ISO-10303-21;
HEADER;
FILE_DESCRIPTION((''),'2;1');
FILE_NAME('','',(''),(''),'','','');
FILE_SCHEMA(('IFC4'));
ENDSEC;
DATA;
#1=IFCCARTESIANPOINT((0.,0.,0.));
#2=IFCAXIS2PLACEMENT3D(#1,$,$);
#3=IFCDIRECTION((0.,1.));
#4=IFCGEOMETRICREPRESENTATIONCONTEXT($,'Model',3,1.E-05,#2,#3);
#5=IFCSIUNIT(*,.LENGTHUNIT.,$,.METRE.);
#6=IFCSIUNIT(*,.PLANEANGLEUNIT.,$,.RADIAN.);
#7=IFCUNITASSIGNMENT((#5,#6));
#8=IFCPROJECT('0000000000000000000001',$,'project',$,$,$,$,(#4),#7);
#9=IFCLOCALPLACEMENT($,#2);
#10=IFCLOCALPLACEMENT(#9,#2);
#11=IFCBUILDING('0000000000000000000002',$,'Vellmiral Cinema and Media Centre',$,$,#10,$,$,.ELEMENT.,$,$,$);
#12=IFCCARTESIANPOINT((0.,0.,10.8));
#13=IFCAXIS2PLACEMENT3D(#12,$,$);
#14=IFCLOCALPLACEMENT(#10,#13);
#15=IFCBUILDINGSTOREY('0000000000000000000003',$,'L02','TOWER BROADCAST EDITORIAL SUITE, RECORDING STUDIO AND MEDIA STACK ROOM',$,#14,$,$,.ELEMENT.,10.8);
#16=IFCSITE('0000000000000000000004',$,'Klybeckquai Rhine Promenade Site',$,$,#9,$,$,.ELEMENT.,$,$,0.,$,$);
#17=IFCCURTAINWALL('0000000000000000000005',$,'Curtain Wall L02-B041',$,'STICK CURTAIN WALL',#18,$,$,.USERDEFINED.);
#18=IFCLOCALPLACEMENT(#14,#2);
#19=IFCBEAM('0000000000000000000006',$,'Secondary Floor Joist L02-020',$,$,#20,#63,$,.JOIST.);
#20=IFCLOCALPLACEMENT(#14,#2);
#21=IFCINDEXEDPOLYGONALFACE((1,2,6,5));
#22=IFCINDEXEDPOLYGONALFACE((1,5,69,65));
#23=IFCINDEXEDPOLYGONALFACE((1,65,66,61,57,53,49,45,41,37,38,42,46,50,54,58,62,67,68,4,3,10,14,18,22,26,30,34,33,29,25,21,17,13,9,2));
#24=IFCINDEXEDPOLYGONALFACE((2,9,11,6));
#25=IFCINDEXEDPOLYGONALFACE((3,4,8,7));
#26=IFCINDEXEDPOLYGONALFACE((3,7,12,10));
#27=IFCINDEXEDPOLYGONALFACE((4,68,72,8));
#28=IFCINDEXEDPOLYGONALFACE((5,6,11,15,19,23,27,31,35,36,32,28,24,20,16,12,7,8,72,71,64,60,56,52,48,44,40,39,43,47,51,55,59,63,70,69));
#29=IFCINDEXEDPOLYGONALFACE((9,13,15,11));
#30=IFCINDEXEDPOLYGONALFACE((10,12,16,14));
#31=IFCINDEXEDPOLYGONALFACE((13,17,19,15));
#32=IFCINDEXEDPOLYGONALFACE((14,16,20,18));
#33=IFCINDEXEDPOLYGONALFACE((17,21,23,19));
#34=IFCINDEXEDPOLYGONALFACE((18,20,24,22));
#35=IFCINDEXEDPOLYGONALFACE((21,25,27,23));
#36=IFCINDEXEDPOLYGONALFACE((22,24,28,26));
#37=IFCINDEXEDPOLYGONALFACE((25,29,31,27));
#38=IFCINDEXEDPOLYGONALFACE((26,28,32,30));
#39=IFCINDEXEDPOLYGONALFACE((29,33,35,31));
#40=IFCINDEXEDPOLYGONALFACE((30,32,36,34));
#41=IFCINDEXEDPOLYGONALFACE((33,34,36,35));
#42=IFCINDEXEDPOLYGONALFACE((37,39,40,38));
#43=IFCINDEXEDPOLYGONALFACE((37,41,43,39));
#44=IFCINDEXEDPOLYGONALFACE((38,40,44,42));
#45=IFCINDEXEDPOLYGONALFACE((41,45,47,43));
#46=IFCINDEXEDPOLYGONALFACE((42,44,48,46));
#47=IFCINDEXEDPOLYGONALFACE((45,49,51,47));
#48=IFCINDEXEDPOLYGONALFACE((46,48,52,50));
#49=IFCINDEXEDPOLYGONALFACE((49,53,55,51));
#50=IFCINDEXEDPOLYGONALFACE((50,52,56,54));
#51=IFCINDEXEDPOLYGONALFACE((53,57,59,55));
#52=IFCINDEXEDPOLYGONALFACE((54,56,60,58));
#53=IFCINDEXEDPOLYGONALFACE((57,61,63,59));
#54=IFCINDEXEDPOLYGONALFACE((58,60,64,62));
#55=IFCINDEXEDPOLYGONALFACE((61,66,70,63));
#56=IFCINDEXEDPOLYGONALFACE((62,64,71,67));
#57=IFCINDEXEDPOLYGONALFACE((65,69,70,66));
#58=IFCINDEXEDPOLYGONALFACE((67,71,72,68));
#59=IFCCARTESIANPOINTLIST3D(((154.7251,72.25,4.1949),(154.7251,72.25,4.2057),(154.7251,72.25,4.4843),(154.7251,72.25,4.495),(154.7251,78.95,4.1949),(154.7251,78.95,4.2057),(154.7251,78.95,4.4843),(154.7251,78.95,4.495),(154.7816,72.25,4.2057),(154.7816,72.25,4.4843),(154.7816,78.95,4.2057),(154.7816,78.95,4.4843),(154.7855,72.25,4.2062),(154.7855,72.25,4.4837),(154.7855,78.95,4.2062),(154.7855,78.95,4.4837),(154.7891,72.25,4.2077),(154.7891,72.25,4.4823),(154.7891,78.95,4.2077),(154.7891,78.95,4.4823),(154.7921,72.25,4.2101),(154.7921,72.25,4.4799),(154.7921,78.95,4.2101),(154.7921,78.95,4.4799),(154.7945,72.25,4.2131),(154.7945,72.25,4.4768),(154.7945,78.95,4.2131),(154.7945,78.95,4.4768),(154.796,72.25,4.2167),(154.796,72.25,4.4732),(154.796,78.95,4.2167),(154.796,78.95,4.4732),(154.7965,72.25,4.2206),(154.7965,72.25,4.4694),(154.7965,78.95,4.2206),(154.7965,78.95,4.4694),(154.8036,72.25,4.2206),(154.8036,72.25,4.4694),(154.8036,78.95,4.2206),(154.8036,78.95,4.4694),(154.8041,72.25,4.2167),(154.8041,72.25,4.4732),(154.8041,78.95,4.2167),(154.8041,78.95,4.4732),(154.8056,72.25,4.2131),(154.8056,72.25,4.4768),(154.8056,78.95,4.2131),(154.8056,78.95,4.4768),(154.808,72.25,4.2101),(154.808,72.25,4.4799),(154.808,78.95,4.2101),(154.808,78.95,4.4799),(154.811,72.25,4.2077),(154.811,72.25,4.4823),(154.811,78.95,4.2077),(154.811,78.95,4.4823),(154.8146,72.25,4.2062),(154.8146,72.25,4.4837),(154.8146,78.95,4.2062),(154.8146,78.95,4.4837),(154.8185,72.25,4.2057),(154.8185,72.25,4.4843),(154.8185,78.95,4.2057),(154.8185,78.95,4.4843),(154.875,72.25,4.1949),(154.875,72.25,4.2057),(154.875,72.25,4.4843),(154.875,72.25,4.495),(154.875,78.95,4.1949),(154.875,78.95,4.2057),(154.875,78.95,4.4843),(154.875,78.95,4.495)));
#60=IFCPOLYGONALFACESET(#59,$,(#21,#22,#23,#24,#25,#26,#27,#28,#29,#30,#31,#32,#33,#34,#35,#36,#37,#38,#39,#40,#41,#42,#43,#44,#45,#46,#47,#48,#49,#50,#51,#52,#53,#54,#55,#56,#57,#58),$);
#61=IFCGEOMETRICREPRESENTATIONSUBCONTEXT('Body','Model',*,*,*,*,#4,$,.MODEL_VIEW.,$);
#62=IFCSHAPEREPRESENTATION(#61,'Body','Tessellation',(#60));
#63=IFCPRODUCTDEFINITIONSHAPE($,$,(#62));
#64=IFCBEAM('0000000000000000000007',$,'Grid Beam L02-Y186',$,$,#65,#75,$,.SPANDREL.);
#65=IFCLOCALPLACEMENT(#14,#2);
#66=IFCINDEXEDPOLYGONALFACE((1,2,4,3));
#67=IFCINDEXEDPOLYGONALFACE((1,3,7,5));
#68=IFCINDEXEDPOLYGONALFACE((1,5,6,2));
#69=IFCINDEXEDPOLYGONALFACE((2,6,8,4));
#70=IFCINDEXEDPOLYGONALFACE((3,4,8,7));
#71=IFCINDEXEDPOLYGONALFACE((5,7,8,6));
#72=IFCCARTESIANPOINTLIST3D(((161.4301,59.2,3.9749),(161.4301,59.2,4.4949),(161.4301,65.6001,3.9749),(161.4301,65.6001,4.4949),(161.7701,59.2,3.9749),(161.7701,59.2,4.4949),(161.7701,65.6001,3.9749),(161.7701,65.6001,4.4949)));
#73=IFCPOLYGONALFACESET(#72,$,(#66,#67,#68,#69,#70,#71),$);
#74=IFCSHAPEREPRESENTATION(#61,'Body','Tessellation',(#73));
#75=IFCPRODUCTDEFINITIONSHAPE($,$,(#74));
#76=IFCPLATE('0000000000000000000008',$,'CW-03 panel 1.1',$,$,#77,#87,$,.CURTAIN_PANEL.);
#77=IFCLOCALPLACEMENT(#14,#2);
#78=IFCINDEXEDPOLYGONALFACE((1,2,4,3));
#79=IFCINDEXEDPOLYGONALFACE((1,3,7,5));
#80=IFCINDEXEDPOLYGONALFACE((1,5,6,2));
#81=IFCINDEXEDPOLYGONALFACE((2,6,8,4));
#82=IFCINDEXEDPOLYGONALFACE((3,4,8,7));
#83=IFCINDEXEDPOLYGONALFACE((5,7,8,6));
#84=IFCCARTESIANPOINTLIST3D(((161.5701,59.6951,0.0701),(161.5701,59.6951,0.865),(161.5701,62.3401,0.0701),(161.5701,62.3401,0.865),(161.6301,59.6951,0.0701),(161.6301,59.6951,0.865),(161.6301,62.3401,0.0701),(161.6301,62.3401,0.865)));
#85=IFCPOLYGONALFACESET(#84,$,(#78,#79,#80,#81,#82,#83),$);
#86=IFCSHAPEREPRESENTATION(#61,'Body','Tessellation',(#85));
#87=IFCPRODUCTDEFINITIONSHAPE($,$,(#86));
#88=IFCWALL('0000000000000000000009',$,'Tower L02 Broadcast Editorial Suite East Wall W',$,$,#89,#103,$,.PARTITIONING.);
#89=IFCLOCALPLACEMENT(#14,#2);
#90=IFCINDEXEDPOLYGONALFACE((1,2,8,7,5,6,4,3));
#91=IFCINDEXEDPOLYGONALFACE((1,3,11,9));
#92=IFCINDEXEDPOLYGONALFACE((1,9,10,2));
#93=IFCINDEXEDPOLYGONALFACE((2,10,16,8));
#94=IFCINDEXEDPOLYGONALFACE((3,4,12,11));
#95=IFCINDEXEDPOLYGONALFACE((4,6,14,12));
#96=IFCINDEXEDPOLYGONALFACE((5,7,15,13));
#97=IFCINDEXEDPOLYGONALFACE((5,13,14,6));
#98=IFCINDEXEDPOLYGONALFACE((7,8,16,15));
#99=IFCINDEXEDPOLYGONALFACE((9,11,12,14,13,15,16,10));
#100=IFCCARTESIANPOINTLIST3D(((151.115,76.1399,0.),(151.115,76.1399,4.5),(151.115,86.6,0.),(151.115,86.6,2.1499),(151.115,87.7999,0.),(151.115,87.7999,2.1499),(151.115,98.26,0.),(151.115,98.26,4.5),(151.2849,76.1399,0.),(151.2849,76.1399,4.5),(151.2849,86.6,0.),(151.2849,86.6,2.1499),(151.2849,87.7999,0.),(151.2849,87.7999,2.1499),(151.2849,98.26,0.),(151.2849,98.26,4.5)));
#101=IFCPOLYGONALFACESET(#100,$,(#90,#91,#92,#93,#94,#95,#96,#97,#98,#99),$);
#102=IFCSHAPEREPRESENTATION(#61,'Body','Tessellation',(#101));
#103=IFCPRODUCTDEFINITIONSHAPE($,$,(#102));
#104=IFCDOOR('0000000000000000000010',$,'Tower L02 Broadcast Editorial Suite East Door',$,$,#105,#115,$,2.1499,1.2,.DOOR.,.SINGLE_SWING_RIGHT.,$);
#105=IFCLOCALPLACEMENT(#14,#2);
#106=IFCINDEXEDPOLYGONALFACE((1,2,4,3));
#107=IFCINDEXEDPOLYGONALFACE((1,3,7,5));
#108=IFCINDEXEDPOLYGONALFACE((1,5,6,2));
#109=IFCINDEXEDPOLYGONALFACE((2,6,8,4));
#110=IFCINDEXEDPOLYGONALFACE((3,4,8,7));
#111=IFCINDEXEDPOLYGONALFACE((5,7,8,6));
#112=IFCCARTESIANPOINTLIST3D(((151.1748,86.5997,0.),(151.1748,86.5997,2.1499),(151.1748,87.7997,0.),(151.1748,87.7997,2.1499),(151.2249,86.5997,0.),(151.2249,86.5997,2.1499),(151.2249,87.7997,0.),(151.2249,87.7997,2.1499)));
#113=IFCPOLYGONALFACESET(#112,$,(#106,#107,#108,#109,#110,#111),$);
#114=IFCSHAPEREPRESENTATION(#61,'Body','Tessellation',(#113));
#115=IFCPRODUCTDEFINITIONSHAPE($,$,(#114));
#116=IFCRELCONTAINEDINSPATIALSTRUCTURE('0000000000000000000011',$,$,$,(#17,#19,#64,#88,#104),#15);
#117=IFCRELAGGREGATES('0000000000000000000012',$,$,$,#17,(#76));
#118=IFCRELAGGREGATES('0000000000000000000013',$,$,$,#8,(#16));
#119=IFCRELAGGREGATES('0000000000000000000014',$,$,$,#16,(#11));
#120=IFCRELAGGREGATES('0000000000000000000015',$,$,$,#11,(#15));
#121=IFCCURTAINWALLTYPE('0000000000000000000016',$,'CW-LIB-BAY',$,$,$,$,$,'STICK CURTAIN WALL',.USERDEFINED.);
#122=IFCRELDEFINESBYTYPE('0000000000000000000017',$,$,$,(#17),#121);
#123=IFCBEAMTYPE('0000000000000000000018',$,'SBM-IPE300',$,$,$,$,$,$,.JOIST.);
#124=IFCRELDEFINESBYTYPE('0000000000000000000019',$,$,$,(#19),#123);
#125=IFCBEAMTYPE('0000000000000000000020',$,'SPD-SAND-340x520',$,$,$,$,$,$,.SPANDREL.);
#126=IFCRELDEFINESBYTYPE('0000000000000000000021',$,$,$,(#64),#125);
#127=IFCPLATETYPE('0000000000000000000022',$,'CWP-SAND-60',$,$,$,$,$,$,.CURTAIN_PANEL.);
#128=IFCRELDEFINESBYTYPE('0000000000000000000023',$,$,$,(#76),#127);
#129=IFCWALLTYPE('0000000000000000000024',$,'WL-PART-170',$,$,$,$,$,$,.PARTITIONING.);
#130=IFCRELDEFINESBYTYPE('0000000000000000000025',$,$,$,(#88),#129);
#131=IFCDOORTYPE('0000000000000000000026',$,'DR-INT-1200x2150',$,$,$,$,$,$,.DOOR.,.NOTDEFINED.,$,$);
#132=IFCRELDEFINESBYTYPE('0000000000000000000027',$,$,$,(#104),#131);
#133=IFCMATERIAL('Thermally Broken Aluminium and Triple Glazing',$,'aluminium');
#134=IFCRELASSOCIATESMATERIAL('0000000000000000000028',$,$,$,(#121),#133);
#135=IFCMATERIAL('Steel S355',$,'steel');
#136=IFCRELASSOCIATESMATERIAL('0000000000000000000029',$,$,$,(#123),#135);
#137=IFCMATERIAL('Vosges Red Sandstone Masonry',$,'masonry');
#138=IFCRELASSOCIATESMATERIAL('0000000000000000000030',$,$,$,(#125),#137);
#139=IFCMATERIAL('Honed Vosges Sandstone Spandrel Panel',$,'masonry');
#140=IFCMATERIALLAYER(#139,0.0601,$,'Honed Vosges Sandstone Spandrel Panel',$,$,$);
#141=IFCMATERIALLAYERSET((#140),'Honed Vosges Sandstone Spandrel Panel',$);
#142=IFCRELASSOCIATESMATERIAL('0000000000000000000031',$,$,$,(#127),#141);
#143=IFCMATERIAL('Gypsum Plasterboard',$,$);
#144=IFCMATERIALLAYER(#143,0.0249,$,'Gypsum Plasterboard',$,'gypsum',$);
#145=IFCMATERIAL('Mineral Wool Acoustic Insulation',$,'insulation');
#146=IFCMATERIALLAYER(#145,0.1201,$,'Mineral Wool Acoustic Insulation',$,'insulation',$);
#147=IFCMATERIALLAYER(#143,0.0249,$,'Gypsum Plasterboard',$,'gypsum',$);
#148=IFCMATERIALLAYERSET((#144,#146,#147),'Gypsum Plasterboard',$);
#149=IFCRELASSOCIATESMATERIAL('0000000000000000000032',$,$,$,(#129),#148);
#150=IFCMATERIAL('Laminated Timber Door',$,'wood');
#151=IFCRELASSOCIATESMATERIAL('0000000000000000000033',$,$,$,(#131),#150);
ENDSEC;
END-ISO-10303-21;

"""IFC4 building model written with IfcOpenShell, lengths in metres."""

from ifc_helpers import new_model, si_unit, direction, frame, frame_2d, origin, origin_2d, place, context, subcontext, project, spatial, rectangle, i_section, extrude, material, layer, layer_set, material_profile, profile_set, type_object, element, fill, aggregate, save


model = new_model("IFC4")

# Units and contexts
model_context = context("Model", 3, precision=1e-05, world=origin(), true_north=direction((0.0, 1.0)))
body_context = subcontext(model_context, "Body", "Model", "MODEL_VIEW")
ifc_project = project(units=[si_unit("LENGTHUNIT", "METRE"), si_unit("PLANEANGLEUNIT", "RADIAN")], contexts=[model_context])

# Site, building, storey
site_placement = place(None, origin())
site = spatial("IfcSite", under=ifc_project, at=site_placement, Name="Klybeckquai Rhine Promenade Site", CompositionType="ELEMENT", RefElevation=0.0)
building_placement = place(site_placement, origin())
building = spatial("IfcBuilding", under=site, at=building_placement, Name="Vellmiral Cinema and Media Centre", CompositionType="ELEMENT")
storey_placement = place(building_placement, frame((0.0, 0.0, 10.8)))
storey = spatial("IfcBuildingStorey", under=building, at=storey_placement, Name="L02", Description="TOWER BROADCAST EDITORIAL SUITE, RECORDING STUDIO AND MEDIA STACK ROOM", CompositionType="ELEMENT", Elevation=10.8)

# Curtain wall
ifc_material_1 = material(Name="Thermally Broken Aluminium and Triple Glazing", Category="aluminium")
curtain_wall_type = type_object("IfcCurtainWallType", Name="CW-LIB-BAY", ElementType="STICK CURTAIN WALL", PredefinedType="USERDEFINED", material=ifc_material_1)
curtain_wall_placement = place(storey_placement, origin())
curtain_wall = element("IfcCurtainWall", 1, at=curtain_wall_placement, inside=storey, type_object=curtain_wall_type, Name="Curtain Wall L02-B041", ObjectType="STICK CURTAIN WALL", PredefinedType="USERDEFINED")

# Beams
ifc_material_2 = material(Name="Steel S355", Category="steel")
ifc_material_profile_1 = material_profile(ifc_material_2, i_section(OverallWidth=0.1499, OverallDepth=0.3, WebThickness=0.0071, FlangeThickness=0.0107, FilletRadius=0.0149, at=origin_2d()), Name="IPE 300")
ifc_profile_set_1 = profile_set([ifc_material_profile_1], Name="Steel S355")
beam_type_1 = type_object("IfcBeamType", Name="SBM-IPE300", PredefinedType="JOIST", material=ifc_profile_set_1)
beam_1_placement = place(storey_placement, frame((154.8, 72.25, 4.345), z_axis=(0.0, 1.0, 0.0), x_axis=(-1.0, 0.0, 0.0)))
element("IfcBeam", 2, at=beam_1_placement, inside=storey, type_object=beam_type_1, Name="Secondary Floor Joist L02-020", PredefinedType="JOIST", context=body_context, shape_type="SweptSolid", body=[
    extrude(i_section(OverallWidth=0.1499, OverallDepth=0.3, WebThickness=0.0071, FlangeThickness=0.0107, FilletRadius=0.0149, at=origin_2d()), origin(), (0.0, 0.0, 1.0), 6.7),
])
ifc_material_3 = material(Name="Vosges Red Sandstone Masonry", Category="masonry")
ifc_material_profile_2 = material_profile(ifc_material_3, rectangle(XDim=0.3401, YDim=0.52, at=origin_2d()), Name="SAND 340x520")
ifc_profile_set_2 = profile_set([ifc_material_profile_2], Name="Vosges Red Sandstone Masonry")
beam_type_2 = type_object("IfcBeamType", Name="SPD-SAND-340x520", PredefinedType="SPANDREL", material=ifc_profile_set_2)
beam_2_placement = place(storey_placement, frame((161.6001, 59.2, 4.2349), z_axis=(0.0, 1.0, 0.0), x_axis=(-1.0, 0.0, 0.0)))
element("IfcBeam", 3, at=beam_2_placement, inside=storey, type_object=beam_type_2, Name="Grid Beam L02-Y186", PredefinedType="SPANDREL", context=body_context, shape_type="SweptSolid", body=[
    extrude(rectangle(XDim=0.3401, YDim=0.52, at=origin_2d()), origin(), (0.0, 0.0, 1.0), 6.4001),
])

# Plate
ifc_material_4 = material(Name="Honed Vosges Sandstone Spandrel Panel", Category="masonry")
ifc_layer_1 = layer(ifc_material_4, 0.0601, Name="Honed Vosges Sandstone Spandrel Panel")
ifc_layer_set_1 = layer_set([ifc_layer_1], Name="Honed Vosges Sandstone Spandrel Panel")
plate_type = type_object("IfcPlateType", Name="CWP-SAND-60", PredefinedType="CURTAIN_PANEL", material=ifc_layer_set_1)
plate_placement = place(storey_placement, frame((161.6001, 61.0176, 0.0701), z_axis=(0.0, 0.0, 1.0), x_axis=(0.0, 1.0, 0.0)))
plate = element("IfcPlate", 4, at=plate_placement, type_object=plate_type, Name="CW-03 panel 1.1", PredefinedType="CURTAIN_PANEL", context=body_context, shape_type="SweptSolid", body=[
    extrude(rectangle(XDim=2.645, YDim=0.0601, at=origin_2d()), origin(), (0.0, 0.0, 1.0), 0.7949),
])
aggregate(curtain_wall, [plate])

# Wall, opening, door
ifc_material_5 = material(Name="Gypsum Plasterboard")
ifc_layer_2 = layer(ifc_material_5, 0.0249, Name="Gypsum Plasterboard", Category="gypsum")
ifc_material_6 = material(Name="Mineral Wool Acoustic Insulation", Category="insulation")
ifc_layer_3 = layer(ifc_material_6, 0.1201, Name="Mineral Wool Acoustic Insulation", Category="insulation")
ifc_layer_4 = layer(ifc_material_5, 0.0249, Name="Gypsum Plasterboard", Category="gypsum")
ifc_layer_set_2 = layer_set([ifc_layer_2, ifc_layer_3, ifc_layer_4], Name="Gypsum Plasterboard")
wall_type = type_object("IfcWallType", Name="WL-PART-170", PredefinedType="PARTITIONING", material=ifc_layer_set_2)
wall_placement = place(storey_placement, frame((151.2, 76.1399, 0.0), z_axis=(0.0, 0.0, 1.0), x_axis=(0.0, 1.0, 0.0)))
wall = element("IfcWall", 5, at=wall_placement, inside=storey, type_object=wall_type, Name="Tower L02 Broadcast Editorial Suite East Wall W", PredefinedType="PARTITIONING", context=body_context, shape_type="SweptSolid", body=[
    extrude(rectangle(XDim=22.1201, YDim=0.1699, at=frame_2d((11.0601, 0.0))), origin(), (0.0, 0.0, 1.0), 4.5),
])
opening_placement = place(wall_placement, frame((10.46, 0.0, 0.0)))
opening = element("IfcOpeningElement", 6, at=opening_placement, cuts=wall, PredefinedType="OPENING", context=body_context, shape_type="SweptSolid", body=[
    extrude(rectangle(XDim=1.2, YDim=2.1499, at=frame_2d((0.6001, 1.075))), frame((0.0, 0.0969, 0.0), z_axis=(0.0, -1.0, 0.0), x_axis=(1.0, 0.0, 0.0)), (0.0, 0.0, 1.0), 0.1938),
])
ifc_material_7 = material(Name="Laminated Timber Door", Category="wood")
door_type = type_object("IfcDoorType", Name="DR-INT-1200x2150", OperationType="NOTDEFINED", PredefinedType="DOOR", material=ifc_material_7)
door_placement = place(opening_placement, frame((1.2, 0.0, 0.0), z_axis=(0.0, 0.0, 1.0), x_axis=(-1.0, 0.0, 0.0)))
door = element("IfcDoor", 7, at=door_placement, inside=storey, type_object=door_type, Name="Tower L02 Broadcast Editorial Suite East Door", OperationType="SINGLE_SWING_RIGHT", OverallHeight=2.1499, OverallWidth=1.2, PredefinedType="DOOR", context=body_context, shape_type="SweptSolid", body=[
    extrude(rectangle(XDim=1.2, YDim=2.1499, at=frame_2d((0.6001, 1.075))), frame((0.0, 0.0249, 0.0), z_axis=(0.0, -1.0, 0.0), x_axis=(1.0, 0.0, 0.0)), (0.0, 0.0, 1.0), 0.05),
])
fill(opening, door)

save(model, "model.ifc")
